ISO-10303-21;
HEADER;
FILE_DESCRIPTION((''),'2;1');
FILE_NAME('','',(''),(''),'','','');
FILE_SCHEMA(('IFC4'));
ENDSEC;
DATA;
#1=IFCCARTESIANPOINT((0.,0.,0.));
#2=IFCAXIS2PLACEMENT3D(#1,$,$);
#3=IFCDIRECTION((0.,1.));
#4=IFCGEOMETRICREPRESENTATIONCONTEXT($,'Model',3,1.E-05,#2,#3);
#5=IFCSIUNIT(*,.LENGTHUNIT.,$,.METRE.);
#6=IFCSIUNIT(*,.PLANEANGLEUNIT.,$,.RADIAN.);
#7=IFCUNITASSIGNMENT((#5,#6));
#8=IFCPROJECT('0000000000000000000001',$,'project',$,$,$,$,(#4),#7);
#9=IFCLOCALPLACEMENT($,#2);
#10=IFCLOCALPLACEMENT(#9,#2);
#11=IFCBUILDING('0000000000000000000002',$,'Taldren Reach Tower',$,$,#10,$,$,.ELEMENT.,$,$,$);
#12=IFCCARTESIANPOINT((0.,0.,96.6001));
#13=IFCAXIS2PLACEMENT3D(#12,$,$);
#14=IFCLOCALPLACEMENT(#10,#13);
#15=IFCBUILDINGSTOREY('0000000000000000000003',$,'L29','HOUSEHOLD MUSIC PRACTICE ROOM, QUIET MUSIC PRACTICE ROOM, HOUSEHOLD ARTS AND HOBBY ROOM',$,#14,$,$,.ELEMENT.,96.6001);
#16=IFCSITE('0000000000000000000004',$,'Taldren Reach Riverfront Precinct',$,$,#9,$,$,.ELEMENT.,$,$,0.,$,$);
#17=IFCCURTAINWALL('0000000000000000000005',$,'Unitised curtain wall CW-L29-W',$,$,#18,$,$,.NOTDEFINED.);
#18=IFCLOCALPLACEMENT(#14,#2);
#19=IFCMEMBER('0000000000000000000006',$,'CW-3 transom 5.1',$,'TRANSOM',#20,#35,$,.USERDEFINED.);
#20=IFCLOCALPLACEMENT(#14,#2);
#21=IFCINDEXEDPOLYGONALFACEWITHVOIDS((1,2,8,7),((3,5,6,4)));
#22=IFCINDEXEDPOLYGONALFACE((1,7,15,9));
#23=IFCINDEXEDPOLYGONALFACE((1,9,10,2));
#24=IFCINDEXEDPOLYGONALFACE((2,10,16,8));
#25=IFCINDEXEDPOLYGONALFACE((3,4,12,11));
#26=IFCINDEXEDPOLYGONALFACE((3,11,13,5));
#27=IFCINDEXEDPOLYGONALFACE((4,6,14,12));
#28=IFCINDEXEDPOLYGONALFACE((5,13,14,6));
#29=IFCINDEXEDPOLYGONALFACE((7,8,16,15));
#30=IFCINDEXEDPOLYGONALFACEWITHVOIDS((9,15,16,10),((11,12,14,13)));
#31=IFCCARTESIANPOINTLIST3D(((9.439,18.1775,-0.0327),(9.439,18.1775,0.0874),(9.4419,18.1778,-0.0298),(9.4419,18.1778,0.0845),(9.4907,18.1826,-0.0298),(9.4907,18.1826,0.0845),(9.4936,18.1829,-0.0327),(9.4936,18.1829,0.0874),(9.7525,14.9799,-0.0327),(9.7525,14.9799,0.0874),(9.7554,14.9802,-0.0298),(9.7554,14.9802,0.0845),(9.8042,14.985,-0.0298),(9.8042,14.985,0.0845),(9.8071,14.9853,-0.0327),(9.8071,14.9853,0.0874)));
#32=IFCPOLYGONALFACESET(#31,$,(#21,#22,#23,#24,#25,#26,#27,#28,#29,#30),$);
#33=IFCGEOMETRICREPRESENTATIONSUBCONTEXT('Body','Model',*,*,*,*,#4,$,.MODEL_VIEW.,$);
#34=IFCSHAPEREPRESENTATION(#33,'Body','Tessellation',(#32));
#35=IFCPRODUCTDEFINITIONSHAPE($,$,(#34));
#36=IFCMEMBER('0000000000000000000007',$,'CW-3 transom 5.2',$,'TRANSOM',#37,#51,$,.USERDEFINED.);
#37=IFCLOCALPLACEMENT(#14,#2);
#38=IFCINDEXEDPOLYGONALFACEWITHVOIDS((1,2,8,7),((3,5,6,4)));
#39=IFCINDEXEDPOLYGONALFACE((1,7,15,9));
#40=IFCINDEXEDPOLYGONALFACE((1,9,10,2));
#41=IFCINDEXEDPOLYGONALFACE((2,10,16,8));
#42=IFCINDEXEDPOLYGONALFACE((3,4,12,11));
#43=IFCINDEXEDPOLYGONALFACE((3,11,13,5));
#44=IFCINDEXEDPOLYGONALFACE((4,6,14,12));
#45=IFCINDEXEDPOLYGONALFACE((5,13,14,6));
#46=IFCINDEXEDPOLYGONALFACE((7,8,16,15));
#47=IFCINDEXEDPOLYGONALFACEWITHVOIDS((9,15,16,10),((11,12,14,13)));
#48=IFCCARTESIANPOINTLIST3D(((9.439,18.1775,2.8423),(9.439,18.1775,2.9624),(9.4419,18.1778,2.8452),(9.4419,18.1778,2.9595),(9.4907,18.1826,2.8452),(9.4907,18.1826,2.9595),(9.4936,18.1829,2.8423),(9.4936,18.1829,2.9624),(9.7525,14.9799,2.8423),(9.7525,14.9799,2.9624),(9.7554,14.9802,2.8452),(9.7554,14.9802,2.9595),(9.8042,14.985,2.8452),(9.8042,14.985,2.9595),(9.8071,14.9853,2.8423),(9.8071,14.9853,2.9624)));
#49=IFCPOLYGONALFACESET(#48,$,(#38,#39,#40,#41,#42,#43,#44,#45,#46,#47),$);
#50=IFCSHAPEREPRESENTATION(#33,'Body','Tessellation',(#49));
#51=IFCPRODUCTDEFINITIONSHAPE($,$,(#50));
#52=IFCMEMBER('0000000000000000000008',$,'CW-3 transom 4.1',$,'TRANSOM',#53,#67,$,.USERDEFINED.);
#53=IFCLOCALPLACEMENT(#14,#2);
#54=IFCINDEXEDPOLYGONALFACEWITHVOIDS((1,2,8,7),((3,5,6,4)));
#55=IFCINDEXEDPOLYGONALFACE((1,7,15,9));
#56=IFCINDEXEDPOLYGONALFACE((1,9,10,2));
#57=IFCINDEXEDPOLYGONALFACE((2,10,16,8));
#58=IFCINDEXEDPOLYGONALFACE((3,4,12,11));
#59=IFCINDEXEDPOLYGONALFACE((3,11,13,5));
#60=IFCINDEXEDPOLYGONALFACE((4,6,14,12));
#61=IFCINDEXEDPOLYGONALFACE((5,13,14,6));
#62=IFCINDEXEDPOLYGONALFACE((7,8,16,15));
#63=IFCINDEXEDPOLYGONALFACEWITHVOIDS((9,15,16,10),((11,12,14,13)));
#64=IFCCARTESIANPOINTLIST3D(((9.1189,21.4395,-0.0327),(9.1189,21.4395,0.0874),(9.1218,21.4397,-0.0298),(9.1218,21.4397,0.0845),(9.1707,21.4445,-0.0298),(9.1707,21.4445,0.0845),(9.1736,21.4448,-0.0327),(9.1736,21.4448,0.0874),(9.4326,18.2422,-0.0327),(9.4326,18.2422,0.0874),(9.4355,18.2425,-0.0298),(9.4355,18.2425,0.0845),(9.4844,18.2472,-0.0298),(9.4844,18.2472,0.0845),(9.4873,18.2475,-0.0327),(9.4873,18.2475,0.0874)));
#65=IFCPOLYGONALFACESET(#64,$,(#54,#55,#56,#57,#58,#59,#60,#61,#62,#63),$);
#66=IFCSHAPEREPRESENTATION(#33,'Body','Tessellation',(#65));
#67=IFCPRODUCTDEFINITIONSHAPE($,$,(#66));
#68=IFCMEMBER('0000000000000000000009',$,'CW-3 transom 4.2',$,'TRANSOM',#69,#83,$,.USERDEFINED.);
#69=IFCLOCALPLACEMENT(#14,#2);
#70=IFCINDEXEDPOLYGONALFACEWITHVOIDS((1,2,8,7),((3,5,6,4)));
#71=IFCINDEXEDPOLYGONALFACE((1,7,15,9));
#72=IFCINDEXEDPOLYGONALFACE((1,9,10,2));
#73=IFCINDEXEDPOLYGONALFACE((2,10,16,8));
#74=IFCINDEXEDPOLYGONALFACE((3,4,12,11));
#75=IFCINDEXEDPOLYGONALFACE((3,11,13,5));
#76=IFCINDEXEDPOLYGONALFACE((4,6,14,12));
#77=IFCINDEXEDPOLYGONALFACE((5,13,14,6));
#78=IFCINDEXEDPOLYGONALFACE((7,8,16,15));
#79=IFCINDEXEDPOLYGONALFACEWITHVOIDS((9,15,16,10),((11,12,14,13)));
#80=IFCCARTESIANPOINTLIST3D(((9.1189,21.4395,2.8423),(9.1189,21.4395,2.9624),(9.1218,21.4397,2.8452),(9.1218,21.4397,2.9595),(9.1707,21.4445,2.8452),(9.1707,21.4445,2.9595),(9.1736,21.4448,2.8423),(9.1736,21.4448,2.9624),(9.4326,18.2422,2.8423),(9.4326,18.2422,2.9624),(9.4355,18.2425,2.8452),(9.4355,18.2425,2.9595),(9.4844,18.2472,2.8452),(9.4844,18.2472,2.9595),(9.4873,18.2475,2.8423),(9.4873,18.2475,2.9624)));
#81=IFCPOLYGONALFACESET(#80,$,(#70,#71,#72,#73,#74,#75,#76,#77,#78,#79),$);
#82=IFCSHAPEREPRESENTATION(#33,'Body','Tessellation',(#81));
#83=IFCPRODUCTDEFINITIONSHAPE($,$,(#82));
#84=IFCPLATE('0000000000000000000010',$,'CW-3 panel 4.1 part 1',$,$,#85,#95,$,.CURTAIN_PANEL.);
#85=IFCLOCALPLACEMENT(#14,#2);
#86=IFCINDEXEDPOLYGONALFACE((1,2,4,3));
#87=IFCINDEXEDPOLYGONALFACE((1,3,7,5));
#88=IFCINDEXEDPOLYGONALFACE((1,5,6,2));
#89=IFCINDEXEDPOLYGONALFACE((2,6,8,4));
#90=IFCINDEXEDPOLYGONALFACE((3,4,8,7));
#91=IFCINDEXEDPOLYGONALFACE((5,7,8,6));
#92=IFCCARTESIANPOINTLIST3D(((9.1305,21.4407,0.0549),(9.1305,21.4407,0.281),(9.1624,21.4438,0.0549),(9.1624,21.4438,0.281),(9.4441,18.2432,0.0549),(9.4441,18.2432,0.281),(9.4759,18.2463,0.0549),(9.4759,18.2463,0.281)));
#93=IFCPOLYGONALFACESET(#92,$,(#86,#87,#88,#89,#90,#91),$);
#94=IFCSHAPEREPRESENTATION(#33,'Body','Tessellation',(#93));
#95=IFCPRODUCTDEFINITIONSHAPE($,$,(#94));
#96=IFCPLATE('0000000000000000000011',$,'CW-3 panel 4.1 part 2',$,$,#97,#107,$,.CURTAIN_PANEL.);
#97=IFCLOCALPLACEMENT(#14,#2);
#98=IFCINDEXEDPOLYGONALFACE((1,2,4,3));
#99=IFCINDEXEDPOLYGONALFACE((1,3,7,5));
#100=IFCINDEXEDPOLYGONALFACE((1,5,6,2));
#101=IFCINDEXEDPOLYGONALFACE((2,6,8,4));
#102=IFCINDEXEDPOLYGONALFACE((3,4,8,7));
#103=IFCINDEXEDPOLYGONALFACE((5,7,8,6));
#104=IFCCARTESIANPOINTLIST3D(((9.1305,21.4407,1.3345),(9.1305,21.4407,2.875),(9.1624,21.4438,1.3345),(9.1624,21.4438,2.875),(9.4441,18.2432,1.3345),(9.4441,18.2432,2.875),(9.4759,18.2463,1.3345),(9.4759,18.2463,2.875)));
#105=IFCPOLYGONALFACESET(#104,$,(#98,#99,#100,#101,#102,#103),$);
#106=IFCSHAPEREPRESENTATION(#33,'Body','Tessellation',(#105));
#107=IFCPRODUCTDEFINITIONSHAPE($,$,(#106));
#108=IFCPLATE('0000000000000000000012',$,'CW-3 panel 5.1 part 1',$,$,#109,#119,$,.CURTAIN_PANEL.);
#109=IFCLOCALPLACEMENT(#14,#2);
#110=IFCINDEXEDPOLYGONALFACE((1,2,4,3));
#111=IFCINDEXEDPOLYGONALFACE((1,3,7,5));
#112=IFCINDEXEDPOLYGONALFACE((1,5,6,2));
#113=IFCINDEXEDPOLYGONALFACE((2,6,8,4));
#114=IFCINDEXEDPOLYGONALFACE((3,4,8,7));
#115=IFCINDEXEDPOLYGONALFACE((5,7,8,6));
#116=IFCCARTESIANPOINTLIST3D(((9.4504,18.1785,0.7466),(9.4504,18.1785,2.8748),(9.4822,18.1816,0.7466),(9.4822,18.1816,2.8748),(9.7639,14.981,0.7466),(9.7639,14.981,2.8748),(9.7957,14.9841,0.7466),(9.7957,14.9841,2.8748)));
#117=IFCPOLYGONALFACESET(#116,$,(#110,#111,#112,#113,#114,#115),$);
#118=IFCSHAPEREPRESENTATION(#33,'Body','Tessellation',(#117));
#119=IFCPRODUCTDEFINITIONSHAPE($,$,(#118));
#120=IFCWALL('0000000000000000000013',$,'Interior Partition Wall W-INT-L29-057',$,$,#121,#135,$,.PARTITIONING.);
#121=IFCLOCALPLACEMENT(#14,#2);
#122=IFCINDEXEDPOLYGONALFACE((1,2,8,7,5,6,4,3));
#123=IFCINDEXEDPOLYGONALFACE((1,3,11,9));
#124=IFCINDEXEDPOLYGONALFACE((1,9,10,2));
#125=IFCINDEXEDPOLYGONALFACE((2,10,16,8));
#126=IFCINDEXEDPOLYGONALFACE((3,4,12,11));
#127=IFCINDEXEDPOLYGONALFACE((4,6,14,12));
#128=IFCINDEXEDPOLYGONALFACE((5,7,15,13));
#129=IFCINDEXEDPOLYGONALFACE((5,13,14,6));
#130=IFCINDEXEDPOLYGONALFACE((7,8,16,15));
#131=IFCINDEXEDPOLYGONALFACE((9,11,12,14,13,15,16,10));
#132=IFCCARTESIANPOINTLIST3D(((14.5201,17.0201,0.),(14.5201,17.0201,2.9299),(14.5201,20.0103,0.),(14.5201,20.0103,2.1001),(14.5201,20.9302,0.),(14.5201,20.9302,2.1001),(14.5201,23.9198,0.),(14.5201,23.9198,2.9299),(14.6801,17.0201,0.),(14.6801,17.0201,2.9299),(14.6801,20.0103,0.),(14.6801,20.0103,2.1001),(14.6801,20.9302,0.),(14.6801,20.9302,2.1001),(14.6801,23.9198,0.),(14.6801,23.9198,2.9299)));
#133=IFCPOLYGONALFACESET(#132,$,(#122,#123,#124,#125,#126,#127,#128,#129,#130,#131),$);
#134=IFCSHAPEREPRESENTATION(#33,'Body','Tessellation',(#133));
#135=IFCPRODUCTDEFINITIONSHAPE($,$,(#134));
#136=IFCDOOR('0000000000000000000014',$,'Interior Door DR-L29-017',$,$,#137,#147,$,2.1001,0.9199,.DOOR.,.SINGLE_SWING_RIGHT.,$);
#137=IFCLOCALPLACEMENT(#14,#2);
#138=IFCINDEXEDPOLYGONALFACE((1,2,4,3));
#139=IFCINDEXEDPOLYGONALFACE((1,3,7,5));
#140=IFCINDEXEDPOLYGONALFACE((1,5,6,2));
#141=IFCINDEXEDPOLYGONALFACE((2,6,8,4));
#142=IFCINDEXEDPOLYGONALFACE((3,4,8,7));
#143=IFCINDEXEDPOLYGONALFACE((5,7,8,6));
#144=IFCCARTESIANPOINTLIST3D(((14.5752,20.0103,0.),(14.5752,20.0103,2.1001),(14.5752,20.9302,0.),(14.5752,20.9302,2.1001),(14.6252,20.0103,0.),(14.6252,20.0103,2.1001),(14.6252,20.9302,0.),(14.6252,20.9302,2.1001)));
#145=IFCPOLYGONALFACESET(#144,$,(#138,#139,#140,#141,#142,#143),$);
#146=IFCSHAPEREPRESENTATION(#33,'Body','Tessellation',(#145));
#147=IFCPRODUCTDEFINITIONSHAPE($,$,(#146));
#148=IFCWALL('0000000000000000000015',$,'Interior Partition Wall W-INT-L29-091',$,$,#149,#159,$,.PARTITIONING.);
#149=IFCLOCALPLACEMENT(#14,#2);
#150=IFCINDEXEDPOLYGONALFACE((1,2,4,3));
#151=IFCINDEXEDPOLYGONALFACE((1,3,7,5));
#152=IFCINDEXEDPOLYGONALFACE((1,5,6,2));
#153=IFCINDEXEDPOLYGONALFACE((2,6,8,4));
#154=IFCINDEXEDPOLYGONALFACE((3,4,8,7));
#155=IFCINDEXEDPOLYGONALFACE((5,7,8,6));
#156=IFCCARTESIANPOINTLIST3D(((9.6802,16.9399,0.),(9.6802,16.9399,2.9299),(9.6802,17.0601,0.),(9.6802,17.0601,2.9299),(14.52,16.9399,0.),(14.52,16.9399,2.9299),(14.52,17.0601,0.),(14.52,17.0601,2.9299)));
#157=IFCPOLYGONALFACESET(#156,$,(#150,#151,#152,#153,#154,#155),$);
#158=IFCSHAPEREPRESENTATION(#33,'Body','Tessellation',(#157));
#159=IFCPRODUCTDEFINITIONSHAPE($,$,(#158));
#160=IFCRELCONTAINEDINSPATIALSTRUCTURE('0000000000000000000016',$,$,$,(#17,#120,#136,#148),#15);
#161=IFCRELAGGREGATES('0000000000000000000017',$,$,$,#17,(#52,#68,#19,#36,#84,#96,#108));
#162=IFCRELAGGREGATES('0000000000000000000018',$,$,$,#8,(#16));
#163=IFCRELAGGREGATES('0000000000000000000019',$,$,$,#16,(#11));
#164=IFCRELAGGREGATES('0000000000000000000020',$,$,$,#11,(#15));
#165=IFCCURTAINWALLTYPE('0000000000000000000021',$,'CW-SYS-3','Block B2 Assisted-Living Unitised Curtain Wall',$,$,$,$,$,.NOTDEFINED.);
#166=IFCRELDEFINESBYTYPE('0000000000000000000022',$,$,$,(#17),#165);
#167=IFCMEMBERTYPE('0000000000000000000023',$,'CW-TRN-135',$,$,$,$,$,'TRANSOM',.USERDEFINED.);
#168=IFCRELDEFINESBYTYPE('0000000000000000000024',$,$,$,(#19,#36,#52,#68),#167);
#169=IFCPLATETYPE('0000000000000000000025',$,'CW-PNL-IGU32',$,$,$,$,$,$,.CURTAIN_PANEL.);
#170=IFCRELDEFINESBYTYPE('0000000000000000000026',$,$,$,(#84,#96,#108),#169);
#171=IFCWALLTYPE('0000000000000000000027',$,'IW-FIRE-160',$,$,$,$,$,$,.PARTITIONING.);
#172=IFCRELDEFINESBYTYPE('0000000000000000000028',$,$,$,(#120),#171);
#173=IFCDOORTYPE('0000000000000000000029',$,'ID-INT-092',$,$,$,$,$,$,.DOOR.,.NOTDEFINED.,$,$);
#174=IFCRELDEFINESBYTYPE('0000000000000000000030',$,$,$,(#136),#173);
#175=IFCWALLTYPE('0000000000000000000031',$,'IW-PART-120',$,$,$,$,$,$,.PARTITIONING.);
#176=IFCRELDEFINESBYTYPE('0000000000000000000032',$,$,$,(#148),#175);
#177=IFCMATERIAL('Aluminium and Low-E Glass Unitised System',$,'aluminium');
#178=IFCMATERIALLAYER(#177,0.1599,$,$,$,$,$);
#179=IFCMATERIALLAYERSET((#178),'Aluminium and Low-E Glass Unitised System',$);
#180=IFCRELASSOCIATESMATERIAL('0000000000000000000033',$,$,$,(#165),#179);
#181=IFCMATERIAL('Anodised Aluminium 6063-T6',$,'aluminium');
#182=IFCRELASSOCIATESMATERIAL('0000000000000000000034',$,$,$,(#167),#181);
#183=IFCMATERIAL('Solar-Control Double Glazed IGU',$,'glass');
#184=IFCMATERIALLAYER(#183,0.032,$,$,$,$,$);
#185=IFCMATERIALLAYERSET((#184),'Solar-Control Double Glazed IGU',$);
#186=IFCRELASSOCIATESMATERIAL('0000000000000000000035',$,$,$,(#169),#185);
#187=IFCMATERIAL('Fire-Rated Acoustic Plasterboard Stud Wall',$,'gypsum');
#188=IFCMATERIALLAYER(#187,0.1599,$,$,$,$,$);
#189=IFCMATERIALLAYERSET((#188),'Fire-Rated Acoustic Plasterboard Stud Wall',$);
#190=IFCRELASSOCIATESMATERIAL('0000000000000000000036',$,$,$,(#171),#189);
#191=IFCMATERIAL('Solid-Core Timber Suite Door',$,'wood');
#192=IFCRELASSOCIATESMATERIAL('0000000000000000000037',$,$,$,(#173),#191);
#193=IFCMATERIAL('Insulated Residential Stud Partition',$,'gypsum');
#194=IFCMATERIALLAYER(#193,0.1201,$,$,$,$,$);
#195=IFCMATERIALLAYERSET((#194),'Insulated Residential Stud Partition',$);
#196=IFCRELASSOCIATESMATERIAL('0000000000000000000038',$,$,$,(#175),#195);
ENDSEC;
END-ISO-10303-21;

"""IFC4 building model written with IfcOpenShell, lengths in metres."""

from ifc_helpers import new_model, si_unit, direction, frame, frame_2d, origin, origin_2d, place, context, subcontext, project, spatial, rectangle, hollow_rectangle, extrude, source, transform, mapped, material, layer, layer_set, material_profile, profile_set, type_object, element, fill, aggregate, save


model = new_model("IFC4")

# Units and contexts
model_context = context("Model", 3, precision=1e-05, world=origin(), true_north=direction((0.0, 1.0)))
body_context = subcontext(model_context, "Body", "Model", "MODEL_VIEW")
ifc_project = project(units=[si_unit("LENGTHUNIT", "METRE"), si_unit("PLANEANGLEUNIT", "RADIAN")], contexts=[model_context])

# Site, building, storey
site_placement = place(None, origin())
site = spatial("IfcSite", under=ifc_project, at=site_placement, Name="Taldren Reach Riverfront Precinct", CompositionType="ELEMENT", RefElevation=0.0)
building_placement = place(site_placement, origin())
building = spatial("IfcBuilding", under=site, at=building_placement, Name="Taldren Reach Tower", CompositionType="ELEMENT")
storey_placement = place(building_placement, frame((0.0, 0.0, 96.6001)))
storey = spatial("IfcBuildingStorey", under=building, at=storey_placement, Name="L29", Description="HOUSEHOLD MUSIC PRACTICE ROOM, QUIET MUSIC PRACTICE ROOM, HOUSEHOLD ARTS AND HOBBY ROOM", CompositionType="ELEMENT", Elevation=96.6001)

# Curtain wall, members, plates
ifc_material_1 = material(Name="Aluminium and Low-E Glass Unitised System", Category="aluminium")
ifc_layer_1 = layer(ifc_material_1, 0.1599)
ifc_layer_set_1 = layer_set([ifc_layer_1], Name="Aluminium and Low-E Glass Unitised System")
curtain_wall_type = type_object("IfcCurtainWallType", Name="CW-SYS-3", Description="Block B2 Assisted-Living Unitised Curtain Wall", PredefinedType="NOTDEFINED", material=ifc_layer_set_1)
curtain_wall_placement = place(storey_placement, origin())
curtain_wall = element("IfcCurtainWall", 1, at=curtain_wall_placement, inside=storey, type_object=curtain_wall_type, Name="Unitised curtain wall CW-L29-W", PredefinedType="NOTDEFINED")
ifc_material_2 = material(Name="Anodised Aluminium 6063-T6", Category="aluminium")
ifc_material_profile_1 = material_profile(ifc_material_2, hollow_rectangle(XDim=0.0549, YDim=0.1201, WallThickness=0.0029, at=origin_2d()), Name="ALU-120x55x3RHS")
ifc_profile_set_1 = profile_set([ifc_material_profile_1], Name="Anodised Aluminium 6063-T6")
member_type_1 = type_object("IfcMemberType", Name="CW-TRN-135", ElementType="TRANSOM", PredefinedType="USERDEFINED", material=ifc_profile_set_1)
shared_shape_1 = source(origin(), body_context, "Body", "SweptSolid", [
    extrude(hollow_rectangle(XDim=0.0549, YDim=0.1201, WallThickness=0.0029, at=origin_2d()), origin(), (0.0, 0.0, 1.0), 3.2129),
])
member_1_placement = place(storey_placement, frame((9.4663, 18.1802, 0.0273), z_axis=(0.09757, -0.995229, 0.0), x_axis=(0.995229, 0.09757, 0.0)))
member_1 = element("IfcMember", 2, at=member_1_placement, type_object=member_type_1, Name="CW-3 transom 5.1", ObjectType="TRANSOM", PredefinedType="USERDEFINED", context=body_context, shape_type="MappedRepresentation", body=[
    mapped(shared_shape_1, transform((0.0, 0.0, 0.0), scale=1.0)),
])
member_2_placement = place(storey_placement, frame((9.4663, 18.1802, 2.9023), z_axis=(0.09757, -0.995229, 0.0), x_axis=(0.995229, 0.09757, 0.0)))
member_2 = element("IfcMember", 3, at=member_2_placement, type_object=member_type_1, Name="CW-3 transom 5.2", ObjectType="TRANSOM", PredefinedType="USERDEFINED", context=body_context, shape_type="MappedRepresentation", body=[
    mapped(shared_shape_1, transform((0.0, 0.0, 0.0), scale=1.0)),
])
shared_shape_2 = source(origin(), body_context, "Body", "SweptSolid", [
    extrude(hollow_rectangle(XDim=0.0549, YDim=0.1201, WallThickness=0.0029, at=origin_2d()), origin(), (0.0, 0.0, 1.0), 3.2126),
])
member_3_placement = place(storey_placement, frame((9.1462, 21.4421, 0.0273), z_axis=(0.097653, -0.995221, 0.0), x_axis=(0.995221, 0.097653, 0.0)))
member_3 = element("IfcMember", 4, at=member_3_placement, type_object=member_type_1, Name="CW-3 transom 4.1", ObjectType="TRANSOM", PredefinedType="USERDEFINED", context=body_context, shape_type="MappedRepresentation", body=[
    mapped(shared_shape_2, transform((0.0, 0.0, 0.0), scale=1.0)),
])
member_4_placement = place(storey_placement, frame((9.1462, 21.4421, 2.9023), z_axis=(0.097653, -0.995221, 0.0), x_axis=(0.995221, 0.097653, 0.0)))
member_4 = element("IfcMember", 5, at=member_4_placement, type_object=member_type_1, Name="CW-3 transom 4.2", ObjectType="TRANSOM", PredefinedType="USERDEFINED", context=body_context, shape_type="MappedRepresentation", body=[
    mapped(shared_shape_2, transform((0.0, 0.0, 0.0), scale=1.0)),
])
ifc_material_3 = material(Name="Solar-Control Double Glazed IGU", Category="glass")
ifc_layer_2 = layer(ifc_material_3, 0.032)
ifc_layer_set_2 = layer_set([ifc_layer_2], Name="Solar-Control Double Glazed IGU")
plate_type = type_object("IfcPlateType", Name="CW-PNL-IGU32", PredefinedType="CURTAIN_PANEL", material=ifc_layer_set_2)
shared_shape_3 = source(origin(), body_context, "Body", "SweptSolid", [
    extrude(rectangle(XDim=3.2129, YDim=0.032, at=origin_2d()), origin(), (0.0, 0.0, 1.0), 0.2261),
])
plate_1_placement = place(storey_placement, frame((9.3032, 19.8435, 0.0549), z_axis=(0.0, 0.0, 1.0), x_axis=(0.097583, -0.995227, 0.0)))
plate_1 = element("IfcPlate", 6, at=plate_1_placement, type_object=plate_type, Name="CW-3 panel 4.1 part 1", PredefinedType="CURTAIN_PANEL", context=body_context, shape_type="MappedRepresentation", body=[
    mapped(shared_shape_3, transform((0.0, 0.0, 0.0), scale=1.0)),
])
shared_shape_4 = source(origin(), body_context, "Body", "SweptSolid", [
    extrude(rectangle(XDim=3.2129, YDim=0.032, at=origin_2d()), origin(), (0.0, 0.0, 1.0), 1.5405),
])
plate_2_placement = place(storey_placement, frame((9.3032, 19.8435, 1.3345), z_axis=(0.0, 0.0, 1.0), x_axis=(0.097583, -0.995227, 0.0)))
plate_2 = element("IfcPlate", 7, at=plate_2_placement, type_object=plate_type, Name="CW-3 panel 4.1 part 2", PredefinedType="CURTAIN_PANEL", context=body_context, shape_type="MappedRepresentation", body=[
    mapped(shared_shape_4, transform((0.0, 0.0, 0.0), scale=1.0)),
])
shared_shape_5 = source(origin(), body_context, "Body", "SweptSolid", [
    extrude(rectangle(XDim=3.2129, YDim=0.032, at=origin_2d()), origin(), (0.0, 0.0, 1.0), 2.1282),
])
plate_3_placement = place(storey_placement, frame((9.623, 16.5813, 0.7466), z_axis=(0.0, 0.0, 1.0), x_axis=(0.097583, -0.995227, 0.0)))
plate_3 = element("IfcPlate", 8, at=plate_3_placement, type_object=plate_type, Name="CW-3 panel 5.1 part 1", PredefinedType="CURTAIN_PANEL", context=body_context, shape_type="MappedRepresentation", body=[
    mapped(shared_shape_5, transform((0.0, 0.0, 0.0), scale=1.0)),
])
aggregate(curtain_wall, [member_3, member_4, member_1, member_2, plate_1, plate_2, plate_3])

# Wall, opening, door
ifc_material_4 = material(Name="Fire-Rated Acoustic Plasterboard Stud Wall", Category="gypsum")
ifc_layer_3 = layer(ifc_material_4, 0.1599)
ifc_layer_set_3 = layer_set([ifc_layer_3], Name="Fire-Rated Acoustic Plasterboard Stud Wall")
wall_type_1 = type_object("IfcWallType", Name="IW-FIRE-160", PredefinedType="PARTITIONING", material=ifc_layer_set_3)
shared_shape_6 = source(origin(), body_context, "Body", "SweptSolid", [
    extrude(rectangle(XDim=6.8997, YDim=0.1599, at=frame_2d((3.4497, 0.0))), origin(), (0.0, 0.0, 1.0), 2.9299),
])
wall_1_placement = place(storey_placement, frame((14.6001, 17.0203, 0.0), z_axis=(0.0, 0.0, 1.0), x_axis=(0.0, 1.0, 0.0)))
wall_1 = element("IfcWall", 9, at=wall_1_placement, inside=storey, type_object=wall_type_1, Name="Interior Partition Wall W-INT-L29-057", PredefinedType="PARTITIONING", context=body_context, shape_type="MappedRepresentation", body=[
    mapped(shared_shape_6, transform((0.0, 0.0, 0.0), scale=1.0)),
])
shared_shape_7 = source(origin(), body_context, "Body", "SweptSolid", [
    extrude(rectangle(XDim=0.9199, YDim=2.1001, at=frame_2d((0.46, 1.05))), frame((0.0, 0.0898, 0.0), z_axis=(0.0, -1.0, 0.0), x_axis=(1.0, 0.0, 0.0)), (0.0, 0.0, 1.0), 0.1799),
])
opening_placement = place(wall_1_placement, frame((2.99, 0.0, 0.0)))
opening = element("IfcOpeningElement", 10, at=opening_placement, cuts=wall_1, PredefinedType="OPENING", context=body_context, shape_type="MappedRepresentation", body=[
    mapped(shared_shape_7, transform((0.0, 0.0, 0.0), scale=1.0)),
])
ifc_material_5 = material(Name="Solid-Core Timber Suite Door", Category="wood")
door_type = type_object("IfcDoorType", Name="ID-INT-092", OperationType="NOTDEFINED", PredefinedType="DOOR", material=ifc_material_5)
shared_shape_8 = source(origin(), body_context, "Body", "SweptSolid", [
    extrude(rectangle(XDim=0.9199, YDim=2.1001, at=frame_2d((0.46, 1.05))), frame((0.0, 0.0249, 0.0), z_axis=(0.0, -1.0, 0.0), x_axis=(1.0, 0.0, 0.0)), (0.0, 0.0, 1.0), 0.05),
])
door_placement = place(opening_placement, origin())
door = element("IfcDoor", 11, at=door_placement, inside=storey, type_object=door_type, Name="Interior Door DR-L29-017", OperationType="SINGLE_SWING_RIGHT", OverallHeight=2.1001, OverallWidth=0.9199, PredefinedType="DOOR", context=body_context, shape_type="MappedRepresentation", body=[
    mapped(shared_shape_8, transform((0.0, 0.0, 0.0), scale=1.0)),
])
fill(opening, door)

# Wall
ifc_material_6 = material(Name="Insulated Residential Stud Partition", Category="gypsum")
ifc_layer_4 = layer(ifc_material_6, 0.1201)
ifc_layer_set_4 = layer_set([ifc_layer_4], Name="Insulated Residential Stud Partition")
wall_type_2 = type_object("IfcWallType", Name="IW-PART-120", PredefinedType="PARTITIONING", material=ifc_layer_set_4)
shared_shape_9 = source(origin(), body_context, "Body", "SweptSolid", [
    extrude(rectangle(XDim=4.8398, YDim=0.1201, at=frame_2d((2.4199, 0.0))), origin(), (0.0, 0.0, 1.0), 2.9299),
])
wall_2_placement = place(storey_placement, frame((9.6802, 17.0, 0.0), z_axis=(0.0, 0.0, 1.0), x_axis=(1.0, 0.0, 0.0)))
element("IfcWall", 12, at=wall_2_placement, inside=storey, type_object=wall_type_2, Name="Interior Partition Wall W-INT-L29-091", PredefinedType="PARTITIONING", context=body_context, shape_type="MappedRepresentation", body=[
    mapped(shared_shape_9, transform((0.0, 0.0, 0.0), scale=1.0)),
])

save(model, "model.ifc")
